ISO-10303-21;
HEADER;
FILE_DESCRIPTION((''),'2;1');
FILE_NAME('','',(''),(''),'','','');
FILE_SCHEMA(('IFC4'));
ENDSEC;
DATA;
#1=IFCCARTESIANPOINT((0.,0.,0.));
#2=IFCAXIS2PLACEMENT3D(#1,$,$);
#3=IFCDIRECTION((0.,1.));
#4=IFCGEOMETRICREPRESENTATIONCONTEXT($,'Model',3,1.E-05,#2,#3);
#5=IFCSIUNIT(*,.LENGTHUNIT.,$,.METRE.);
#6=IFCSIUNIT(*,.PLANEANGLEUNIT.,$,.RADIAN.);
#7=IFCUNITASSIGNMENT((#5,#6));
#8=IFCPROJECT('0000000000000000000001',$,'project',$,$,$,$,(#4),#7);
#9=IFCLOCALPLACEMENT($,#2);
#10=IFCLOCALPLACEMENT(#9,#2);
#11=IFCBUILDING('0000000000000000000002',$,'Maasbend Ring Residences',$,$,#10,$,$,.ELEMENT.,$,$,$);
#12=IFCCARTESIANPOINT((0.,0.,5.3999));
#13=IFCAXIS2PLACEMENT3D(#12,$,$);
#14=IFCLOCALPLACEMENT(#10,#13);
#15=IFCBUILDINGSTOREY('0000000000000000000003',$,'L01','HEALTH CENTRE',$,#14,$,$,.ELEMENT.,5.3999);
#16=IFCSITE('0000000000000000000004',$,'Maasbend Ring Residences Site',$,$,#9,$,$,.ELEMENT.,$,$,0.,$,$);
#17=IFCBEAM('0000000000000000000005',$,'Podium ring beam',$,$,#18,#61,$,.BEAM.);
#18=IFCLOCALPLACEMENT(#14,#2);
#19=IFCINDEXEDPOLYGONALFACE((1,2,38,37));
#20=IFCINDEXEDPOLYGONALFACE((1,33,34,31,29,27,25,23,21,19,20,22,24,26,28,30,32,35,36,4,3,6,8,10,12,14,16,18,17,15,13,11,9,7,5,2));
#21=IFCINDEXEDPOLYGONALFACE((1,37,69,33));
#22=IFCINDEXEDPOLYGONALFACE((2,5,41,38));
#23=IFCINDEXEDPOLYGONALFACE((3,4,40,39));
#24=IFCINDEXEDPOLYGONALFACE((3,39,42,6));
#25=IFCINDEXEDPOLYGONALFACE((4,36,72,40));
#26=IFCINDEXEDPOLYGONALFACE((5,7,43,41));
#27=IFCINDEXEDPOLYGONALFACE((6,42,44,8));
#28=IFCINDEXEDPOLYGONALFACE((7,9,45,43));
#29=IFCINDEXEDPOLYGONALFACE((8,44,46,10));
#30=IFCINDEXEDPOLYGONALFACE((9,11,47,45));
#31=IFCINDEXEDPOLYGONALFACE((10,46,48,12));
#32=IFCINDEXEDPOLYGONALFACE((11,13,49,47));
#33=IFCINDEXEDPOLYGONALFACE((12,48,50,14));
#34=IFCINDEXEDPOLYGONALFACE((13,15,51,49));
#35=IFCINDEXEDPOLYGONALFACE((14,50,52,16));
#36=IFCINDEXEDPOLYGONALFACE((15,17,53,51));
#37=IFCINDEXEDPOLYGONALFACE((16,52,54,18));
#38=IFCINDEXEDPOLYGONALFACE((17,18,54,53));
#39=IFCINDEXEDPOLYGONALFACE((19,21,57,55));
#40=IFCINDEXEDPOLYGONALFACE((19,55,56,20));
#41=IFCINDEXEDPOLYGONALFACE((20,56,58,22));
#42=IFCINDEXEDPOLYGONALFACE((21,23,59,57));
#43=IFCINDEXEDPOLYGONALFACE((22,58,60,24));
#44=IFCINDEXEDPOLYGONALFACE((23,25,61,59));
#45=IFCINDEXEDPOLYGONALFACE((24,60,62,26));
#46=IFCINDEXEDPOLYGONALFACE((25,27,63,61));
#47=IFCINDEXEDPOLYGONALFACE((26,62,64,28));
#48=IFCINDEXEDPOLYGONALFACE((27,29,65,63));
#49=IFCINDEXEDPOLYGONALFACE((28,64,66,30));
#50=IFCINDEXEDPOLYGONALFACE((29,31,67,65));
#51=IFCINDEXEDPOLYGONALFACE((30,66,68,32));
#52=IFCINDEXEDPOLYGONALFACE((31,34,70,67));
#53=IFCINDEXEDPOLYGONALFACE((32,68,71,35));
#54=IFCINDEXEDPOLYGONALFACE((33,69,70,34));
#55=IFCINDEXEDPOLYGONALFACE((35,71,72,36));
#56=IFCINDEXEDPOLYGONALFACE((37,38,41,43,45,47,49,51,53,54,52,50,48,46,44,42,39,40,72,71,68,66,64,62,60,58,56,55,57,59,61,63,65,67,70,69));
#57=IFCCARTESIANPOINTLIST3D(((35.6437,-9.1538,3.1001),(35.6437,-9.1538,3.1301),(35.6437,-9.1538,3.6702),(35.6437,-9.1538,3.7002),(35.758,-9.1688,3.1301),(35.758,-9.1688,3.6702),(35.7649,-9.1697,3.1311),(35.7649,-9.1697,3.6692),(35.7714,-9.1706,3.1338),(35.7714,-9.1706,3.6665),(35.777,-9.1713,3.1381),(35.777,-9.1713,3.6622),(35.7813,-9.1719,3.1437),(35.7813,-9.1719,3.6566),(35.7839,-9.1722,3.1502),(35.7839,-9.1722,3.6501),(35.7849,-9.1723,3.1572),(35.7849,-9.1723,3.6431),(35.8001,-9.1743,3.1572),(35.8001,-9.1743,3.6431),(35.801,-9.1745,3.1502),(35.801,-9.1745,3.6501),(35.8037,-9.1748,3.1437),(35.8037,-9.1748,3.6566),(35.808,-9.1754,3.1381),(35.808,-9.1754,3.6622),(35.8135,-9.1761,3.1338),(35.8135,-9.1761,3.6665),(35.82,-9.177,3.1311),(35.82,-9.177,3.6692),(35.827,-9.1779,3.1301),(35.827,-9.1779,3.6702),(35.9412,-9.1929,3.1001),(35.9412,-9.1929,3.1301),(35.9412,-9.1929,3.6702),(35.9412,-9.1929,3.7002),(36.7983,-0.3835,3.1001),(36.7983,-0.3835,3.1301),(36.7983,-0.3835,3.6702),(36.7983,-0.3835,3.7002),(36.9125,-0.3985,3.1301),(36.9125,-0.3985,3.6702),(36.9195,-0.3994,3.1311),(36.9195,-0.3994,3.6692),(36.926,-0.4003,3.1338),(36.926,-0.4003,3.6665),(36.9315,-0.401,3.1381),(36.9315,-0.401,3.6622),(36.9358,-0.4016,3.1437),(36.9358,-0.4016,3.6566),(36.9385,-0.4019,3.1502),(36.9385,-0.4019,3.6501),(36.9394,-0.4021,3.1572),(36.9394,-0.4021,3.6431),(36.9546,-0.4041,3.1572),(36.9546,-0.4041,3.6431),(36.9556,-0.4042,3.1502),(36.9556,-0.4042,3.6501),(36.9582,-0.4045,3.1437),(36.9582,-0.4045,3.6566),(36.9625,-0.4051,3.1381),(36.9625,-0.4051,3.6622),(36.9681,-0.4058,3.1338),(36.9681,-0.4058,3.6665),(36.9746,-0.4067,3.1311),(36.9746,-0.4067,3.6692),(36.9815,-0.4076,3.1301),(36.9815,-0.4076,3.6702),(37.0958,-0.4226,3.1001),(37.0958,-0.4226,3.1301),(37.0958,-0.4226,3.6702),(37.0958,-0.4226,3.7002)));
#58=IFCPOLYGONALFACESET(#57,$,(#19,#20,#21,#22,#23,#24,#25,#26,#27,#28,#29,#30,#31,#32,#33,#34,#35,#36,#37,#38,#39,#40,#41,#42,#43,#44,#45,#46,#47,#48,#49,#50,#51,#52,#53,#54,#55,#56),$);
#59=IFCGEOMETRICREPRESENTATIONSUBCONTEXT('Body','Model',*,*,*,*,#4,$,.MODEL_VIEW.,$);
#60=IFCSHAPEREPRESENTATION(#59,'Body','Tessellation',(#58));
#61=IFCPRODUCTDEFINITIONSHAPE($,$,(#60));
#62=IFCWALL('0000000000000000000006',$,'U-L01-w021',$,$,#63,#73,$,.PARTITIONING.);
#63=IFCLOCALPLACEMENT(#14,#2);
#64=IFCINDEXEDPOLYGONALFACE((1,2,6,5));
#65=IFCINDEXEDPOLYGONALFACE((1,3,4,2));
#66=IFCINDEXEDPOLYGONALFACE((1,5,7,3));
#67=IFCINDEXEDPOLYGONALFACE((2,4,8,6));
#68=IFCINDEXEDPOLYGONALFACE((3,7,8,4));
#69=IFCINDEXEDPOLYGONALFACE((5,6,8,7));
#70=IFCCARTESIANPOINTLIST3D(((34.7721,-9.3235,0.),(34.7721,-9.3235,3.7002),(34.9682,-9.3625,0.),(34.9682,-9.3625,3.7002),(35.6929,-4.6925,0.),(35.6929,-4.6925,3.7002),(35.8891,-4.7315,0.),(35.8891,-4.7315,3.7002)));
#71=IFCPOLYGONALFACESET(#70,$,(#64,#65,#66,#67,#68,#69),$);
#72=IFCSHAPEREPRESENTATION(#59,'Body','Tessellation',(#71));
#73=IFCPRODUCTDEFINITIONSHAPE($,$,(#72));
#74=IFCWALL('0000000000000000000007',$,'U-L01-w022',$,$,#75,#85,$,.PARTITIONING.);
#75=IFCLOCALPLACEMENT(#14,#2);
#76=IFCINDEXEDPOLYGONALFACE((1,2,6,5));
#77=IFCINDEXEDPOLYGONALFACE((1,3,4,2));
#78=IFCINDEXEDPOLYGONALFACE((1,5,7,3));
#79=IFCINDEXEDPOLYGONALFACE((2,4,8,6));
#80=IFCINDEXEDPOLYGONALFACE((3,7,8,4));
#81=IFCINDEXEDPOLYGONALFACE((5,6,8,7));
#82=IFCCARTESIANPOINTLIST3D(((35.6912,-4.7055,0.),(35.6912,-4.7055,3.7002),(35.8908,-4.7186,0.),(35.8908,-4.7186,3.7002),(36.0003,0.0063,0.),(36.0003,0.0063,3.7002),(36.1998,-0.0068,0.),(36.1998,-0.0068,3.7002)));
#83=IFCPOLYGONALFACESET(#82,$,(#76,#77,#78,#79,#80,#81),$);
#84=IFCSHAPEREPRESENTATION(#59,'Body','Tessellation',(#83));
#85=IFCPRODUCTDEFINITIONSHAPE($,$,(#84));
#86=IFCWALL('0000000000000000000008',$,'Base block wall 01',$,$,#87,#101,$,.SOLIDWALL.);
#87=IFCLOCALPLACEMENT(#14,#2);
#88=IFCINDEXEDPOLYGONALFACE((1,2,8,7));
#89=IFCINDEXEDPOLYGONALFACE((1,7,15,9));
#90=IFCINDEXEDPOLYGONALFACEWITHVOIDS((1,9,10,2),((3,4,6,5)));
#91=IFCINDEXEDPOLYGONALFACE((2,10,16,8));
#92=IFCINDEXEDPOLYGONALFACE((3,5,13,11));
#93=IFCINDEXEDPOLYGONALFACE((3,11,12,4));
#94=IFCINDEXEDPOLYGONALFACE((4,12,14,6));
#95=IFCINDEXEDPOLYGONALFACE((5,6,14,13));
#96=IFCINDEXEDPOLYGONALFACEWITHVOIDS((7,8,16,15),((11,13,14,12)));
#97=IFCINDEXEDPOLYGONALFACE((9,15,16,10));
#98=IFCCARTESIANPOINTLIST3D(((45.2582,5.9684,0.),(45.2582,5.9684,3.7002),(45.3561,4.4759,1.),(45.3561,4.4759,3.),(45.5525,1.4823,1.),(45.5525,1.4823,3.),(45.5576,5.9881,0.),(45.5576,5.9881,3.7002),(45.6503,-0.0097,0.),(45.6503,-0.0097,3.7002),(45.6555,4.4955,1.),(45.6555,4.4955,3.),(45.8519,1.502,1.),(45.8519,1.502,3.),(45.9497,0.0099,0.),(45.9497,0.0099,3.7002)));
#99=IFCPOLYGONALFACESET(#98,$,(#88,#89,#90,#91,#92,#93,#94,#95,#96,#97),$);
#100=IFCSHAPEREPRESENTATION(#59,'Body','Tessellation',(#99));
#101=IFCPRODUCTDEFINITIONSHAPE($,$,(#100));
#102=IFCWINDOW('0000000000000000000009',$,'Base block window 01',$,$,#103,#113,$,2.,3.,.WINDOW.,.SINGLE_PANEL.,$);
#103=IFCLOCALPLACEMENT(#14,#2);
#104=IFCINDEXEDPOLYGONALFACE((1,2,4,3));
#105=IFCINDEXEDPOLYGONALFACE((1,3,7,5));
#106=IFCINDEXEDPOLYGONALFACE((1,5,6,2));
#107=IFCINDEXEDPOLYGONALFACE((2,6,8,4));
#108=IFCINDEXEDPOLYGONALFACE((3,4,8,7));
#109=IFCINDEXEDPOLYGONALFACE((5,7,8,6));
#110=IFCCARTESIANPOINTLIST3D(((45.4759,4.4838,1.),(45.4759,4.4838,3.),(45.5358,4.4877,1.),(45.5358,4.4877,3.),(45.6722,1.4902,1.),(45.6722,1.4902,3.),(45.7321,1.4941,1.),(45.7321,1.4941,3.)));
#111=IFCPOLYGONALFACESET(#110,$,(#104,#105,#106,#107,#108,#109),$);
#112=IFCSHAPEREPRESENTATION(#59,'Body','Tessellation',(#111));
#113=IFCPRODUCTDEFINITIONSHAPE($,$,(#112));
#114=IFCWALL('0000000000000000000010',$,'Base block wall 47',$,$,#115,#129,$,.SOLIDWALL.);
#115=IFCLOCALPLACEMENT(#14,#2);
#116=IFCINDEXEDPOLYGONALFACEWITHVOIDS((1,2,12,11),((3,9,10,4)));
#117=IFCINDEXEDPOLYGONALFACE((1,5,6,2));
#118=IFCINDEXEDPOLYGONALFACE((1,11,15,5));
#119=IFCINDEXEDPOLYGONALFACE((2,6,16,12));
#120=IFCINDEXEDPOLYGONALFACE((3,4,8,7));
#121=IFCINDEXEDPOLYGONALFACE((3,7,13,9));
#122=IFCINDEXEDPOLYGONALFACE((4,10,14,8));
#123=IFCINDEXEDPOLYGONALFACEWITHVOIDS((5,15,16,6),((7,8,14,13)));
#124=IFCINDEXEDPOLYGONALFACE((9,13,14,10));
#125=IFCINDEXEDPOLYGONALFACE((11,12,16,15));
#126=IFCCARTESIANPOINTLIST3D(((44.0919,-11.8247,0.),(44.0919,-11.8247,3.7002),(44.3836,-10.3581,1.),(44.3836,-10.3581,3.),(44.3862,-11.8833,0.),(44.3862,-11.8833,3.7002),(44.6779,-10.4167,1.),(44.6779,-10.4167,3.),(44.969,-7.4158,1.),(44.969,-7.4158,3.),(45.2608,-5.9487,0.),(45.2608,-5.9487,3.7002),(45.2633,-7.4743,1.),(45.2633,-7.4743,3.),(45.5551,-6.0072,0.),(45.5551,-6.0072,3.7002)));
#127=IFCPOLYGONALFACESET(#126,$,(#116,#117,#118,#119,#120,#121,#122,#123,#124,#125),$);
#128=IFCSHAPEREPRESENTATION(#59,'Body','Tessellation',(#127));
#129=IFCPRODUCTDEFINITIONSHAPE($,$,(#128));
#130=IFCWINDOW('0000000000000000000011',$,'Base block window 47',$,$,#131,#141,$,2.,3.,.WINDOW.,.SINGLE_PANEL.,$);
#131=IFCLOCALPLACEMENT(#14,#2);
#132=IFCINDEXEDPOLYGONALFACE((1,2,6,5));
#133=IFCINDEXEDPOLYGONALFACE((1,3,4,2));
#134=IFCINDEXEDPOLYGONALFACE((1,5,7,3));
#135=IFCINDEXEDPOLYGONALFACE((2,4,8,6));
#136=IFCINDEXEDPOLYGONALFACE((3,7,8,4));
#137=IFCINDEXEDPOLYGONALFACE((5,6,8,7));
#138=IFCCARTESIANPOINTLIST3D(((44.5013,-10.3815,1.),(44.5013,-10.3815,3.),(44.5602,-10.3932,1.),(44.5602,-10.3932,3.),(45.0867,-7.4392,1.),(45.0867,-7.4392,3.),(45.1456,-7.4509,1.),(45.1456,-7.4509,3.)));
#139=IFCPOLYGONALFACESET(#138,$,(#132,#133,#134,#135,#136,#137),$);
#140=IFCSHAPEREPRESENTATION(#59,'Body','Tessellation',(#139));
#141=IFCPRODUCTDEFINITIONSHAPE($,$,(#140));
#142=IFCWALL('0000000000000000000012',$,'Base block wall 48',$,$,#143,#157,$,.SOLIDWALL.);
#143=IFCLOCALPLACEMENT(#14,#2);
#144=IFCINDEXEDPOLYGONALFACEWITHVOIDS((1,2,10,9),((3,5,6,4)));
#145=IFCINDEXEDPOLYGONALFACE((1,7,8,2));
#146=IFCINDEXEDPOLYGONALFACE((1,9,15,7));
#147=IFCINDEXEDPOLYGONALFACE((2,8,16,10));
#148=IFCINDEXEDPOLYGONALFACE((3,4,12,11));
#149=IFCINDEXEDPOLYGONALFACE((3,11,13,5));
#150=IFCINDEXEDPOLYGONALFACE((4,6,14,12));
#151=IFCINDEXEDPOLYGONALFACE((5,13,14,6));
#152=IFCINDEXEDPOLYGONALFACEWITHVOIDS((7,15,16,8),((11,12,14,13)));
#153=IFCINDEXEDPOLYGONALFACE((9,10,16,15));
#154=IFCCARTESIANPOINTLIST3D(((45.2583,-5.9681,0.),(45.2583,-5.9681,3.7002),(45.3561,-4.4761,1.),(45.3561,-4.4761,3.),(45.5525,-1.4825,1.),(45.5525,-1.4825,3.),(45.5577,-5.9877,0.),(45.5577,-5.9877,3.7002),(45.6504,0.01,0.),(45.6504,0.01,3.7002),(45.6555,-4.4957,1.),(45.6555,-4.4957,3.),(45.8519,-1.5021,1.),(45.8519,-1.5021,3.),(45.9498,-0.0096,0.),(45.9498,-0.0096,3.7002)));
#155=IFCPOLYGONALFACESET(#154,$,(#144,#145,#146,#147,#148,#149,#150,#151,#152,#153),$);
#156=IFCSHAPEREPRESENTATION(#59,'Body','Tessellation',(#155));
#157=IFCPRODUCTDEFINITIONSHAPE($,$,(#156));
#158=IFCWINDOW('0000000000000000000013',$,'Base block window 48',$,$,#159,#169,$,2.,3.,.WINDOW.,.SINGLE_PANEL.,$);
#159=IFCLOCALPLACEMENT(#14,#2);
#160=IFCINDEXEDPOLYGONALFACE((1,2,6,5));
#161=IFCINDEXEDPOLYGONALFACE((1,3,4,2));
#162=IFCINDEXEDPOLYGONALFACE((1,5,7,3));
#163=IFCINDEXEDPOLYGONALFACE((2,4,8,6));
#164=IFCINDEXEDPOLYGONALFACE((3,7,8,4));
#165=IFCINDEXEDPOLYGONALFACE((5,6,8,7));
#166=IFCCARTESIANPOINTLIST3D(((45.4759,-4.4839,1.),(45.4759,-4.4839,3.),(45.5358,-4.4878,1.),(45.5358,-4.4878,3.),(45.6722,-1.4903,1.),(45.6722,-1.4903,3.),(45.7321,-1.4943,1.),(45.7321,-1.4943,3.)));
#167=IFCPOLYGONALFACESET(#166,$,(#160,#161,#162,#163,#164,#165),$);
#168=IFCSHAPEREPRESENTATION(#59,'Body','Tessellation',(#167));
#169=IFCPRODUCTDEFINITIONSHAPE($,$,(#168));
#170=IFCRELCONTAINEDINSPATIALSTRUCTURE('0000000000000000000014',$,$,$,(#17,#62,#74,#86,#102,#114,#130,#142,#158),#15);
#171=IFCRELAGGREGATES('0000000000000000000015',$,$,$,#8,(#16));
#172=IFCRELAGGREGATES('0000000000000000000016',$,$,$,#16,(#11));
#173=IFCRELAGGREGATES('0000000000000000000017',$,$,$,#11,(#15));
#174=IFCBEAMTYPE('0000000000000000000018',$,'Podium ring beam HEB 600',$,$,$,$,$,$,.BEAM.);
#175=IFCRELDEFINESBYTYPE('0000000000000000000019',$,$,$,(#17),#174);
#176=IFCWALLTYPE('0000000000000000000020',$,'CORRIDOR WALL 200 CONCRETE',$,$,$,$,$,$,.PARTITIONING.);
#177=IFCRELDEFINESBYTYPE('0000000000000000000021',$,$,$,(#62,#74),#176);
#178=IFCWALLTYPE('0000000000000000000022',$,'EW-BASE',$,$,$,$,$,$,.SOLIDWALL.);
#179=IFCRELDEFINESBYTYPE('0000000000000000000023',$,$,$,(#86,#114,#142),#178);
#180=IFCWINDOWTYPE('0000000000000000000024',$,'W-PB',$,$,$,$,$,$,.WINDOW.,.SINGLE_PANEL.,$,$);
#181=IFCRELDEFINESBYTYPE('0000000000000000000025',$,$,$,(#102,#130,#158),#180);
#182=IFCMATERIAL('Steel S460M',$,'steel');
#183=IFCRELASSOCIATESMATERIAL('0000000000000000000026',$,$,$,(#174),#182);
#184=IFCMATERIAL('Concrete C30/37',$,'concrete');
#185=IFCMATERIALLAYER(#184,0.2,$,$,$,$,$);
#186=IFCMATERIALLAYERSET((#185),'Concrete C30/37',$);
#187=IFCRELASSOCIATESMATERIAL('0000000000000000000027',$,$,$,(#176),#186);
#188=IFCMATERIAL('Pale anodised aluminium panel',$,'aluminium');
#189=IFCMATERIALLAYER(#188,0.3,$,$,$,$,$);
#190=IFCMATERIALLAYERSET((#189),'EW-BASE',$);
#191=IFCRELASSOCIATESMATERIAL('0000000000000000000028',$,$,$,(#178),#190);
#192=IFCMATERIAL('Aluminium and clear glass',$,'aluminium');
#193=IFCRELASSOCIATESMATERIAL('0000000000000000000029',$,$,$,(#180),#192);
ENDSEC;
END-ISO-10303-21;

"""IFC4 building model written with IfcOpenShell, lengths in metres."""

from ifc_helpers import new_model, si_unit, direction, frame, frame_2d, origin, origin_2d, place, context, subcontext, project, spatial, rectangle, i_section, extrude, material, layer, layer_set, material_profile, profile_set, type_object, element, fill, save


model = new_model("IFC4")

# Units and contexts
model_context = context("Model", 3, precision=1e-05, world=origin(), true_north=direction((0.0, 1.0)))
body_context = subcontext(model_context, "Body", "Model", "MODEL_VIEW")
ifc_project = project(units=[si_unit("LENGTHUNIT", "METRE"), si_unit("PLANEANGLEUNIT", "RADIAN")], contexts=[model_context])

# Site, building, storey
site_placement = place(None, origin())
site = spatial("IfcSite", under=ifc_project, at=site_placement, Name="Maasbend Ring Residences Site", CompositionType="ELEMENT", RefElevation=0.0)
building_placement = place(site_placement, origin())
building = spatial("IfcBuilding", under=site, at=building_placement, Name="Maasbend Ring Residences", CompositionType="ELEMENT")
storey_placement = place(building_placement, frame((0.0, 0.0, 5.3999)))
storey = spatial("IfcBuildingStorey", under=building, at=storey_placement, Name="L01", Description="HEALTH CENTRE", CompositionType="ELEMENT", Elevation=5.3999)

# Beam
ifc_material_1 = material(Name="Steel S460M", Category="steel")
ifc_material_profile_1 = material_profile(ifc_material_1, i_section(OverallWidth=0.3, OverallDepth=0.6001, WebThickness=0.0154, FlangeThickness=0.03, FilletRadius=0.0271, at=origin_2d()), Name="HEB 600")
ifc_profile_set_1 = profile_set([ifc_material_profile_1], Name="Steel S460M")
beam_type_1 = type_object("IfcBeamType", Name="Podium ring beam HEB 600", PredefinedType="BEAM", material=ifc_profile_set_1)
beam_1_placement = place(storey_placement, frame((35.7925, -9.1733, 3.4001), z_axis=(0.130517, 0.991446, 0.0), x_axis=(-0.991446, 0.130517, 0.0)))
element("IfcBeam", 1, at=beam_1_placement, inside=storey, type_object=beam_type_1, Name="Podium ring beam", PredefinedType="BEAM", context=body_context, shape_type="SweptSolid", body=[
    extrude(i_section(OverallWidth=0.3, OverallDepth=0.6001, WebThickness=0.0154, FlangeThickness=0.03, FilletRadius=0.0271, at=origin_2d()), origin(), (0.0, 0.0, 1.0), 8.8459),
])

# Walls
ifc_material_2 = material(Name="Concrete C30/37", Category="concrete")
ifc_layer_1 = layer(ifc_material_2, 0.2)
ifc_layer_set_1 = layer_set([ifc_layer_1], Name="Concrete C30/37")
wall_type_1 = type_object("IfcWallType", Name="CORRIDOR WALL 200 CONCRETE", PredefinedType="PARTITIONING", material=ifc_layer_set_1)
wall_1_placement = place(storey_placement, frame((34.8701, -9.343, 0.0), z_axis=(0.0, 0.0, 1.0), x_axis=(0.195032, 0.980797, 0.0)))
element("IfcWall", 2, at=wall_1_placement, inside=storey, type_object=wall_type_1, Name="U-L01-w021", PredefinedType="PARTITIONING", context=body_context, shape_type="SweptSolid", body=[
    extrude(rectangle(XDim=4.7217, YDim=0.2, at=frame_2d((2.3608, 0.0))), origin(), (0.0, 0.0, 1.0), 3.7002),
])
wall_2_placement = place(storey_placement, frame((35.791, -4.7119, 0.0), z_axis=(0.0, 0.0, 1.0), x_axis=(0.065455, 0.997856, 0.0)))
element("IfcWall", 3, at=wall_2_placement, inside=storey, type_object=wall_type_1, Name="U-L01-w022", PredefinedType="PARTITIONING", context=body_context, shape_type="SweptSolid", body=[
    extrude(rectangle(XDim=4.7219, YDim=0.2, at=frame_2d((2.3608, 0.0))), origin(), (0.0, 0.0, 1.0), 3.7002),
])

# Walls, openings, windows
ifc_material_3 = material(Name="Pale anodised aluminium panel", Category="aluminium")
ifc_layer_2 = layer(ifc_material_3, 0.3)
ifc_layer_set_2 = layer_set([ifc_layer_2], Name="EW-BASE")
wall_type_2 = type_object("IfcWallType", Name="EW-BASE", PredefinedType="SOLIDWALL", material=ifc_layer_set_2)
wall_3_placement = place(storey_placement, frame((45.8, 0.0, 0.0), z_axis=(0.0, 0.0, 1.0), x_axis=(-0.065448, 0.997856, 0.0)))
wall_3 = element("IfcWall", 4, at=wall_3_placement, inside=storey, type_object=wall_type_2, Name="Base block wall 01", PredefinedType="SOLIDWALL", context=body_context, shape_type="SweptSolid", body=[
    extrude(rectangle(XDim=5.991, YDim=0.3, at=frame_2d((2.9956, 0.0))), origin(), (0.0, 0.0, 1.0), 3.7002),
])
opening_1_placement = place(wall_3_placement, frame((1.4954, 0.0, 1.0)))
opening_1 = element("IfcOpeningElement", 5, at=opening_1_placement, cuts=wall_3, PredefinedType="OPENING", context=body_context, shape_type="SweptSolid", body=[
    extrude(rectangle(XDim=3.0, YDim=2.0, at=frame_2d((1.5, 1.0))), frame((0.0, 0.1602, 0.0), z_axis=(0.0, -1.0, 0.0), x_axis=(1.0, 0.0, 0.0)), (0.0, 0.0, 1.0), 0.3201),
])
ifc_material_4 = material(Name="Aluminium and clear glass", Category="aluminium")
window_type = type_object("IfcWindowType", Name="W-PB", PartitioningType="SINGLE_PANEL", PredefinedType="WINDOW", material=ifc_material_4)
window_1_placement = place(opening_1_placement, origin())
window_1 = element("IfcWindow", 6, at=window_1_placement, inside=storey, type_object=window_type, Name="Base block window 01", OverallHeight=2.0, OverallWidth=3.0, PartitioningType="SINGLE_PANEL", PredefinedType="WINDOW", context=body_context, shape_type="SweptSolid", body=[
    extrude(rectangle(XDim=3.0, YDim=2.0, at=frame_2d((1.5, 1.0))), frame((0.0, 0.03, 0.0), z_axis=(0.0, -1.0, 0.0), x_axis=(1.0, 0.0, 0.0)), (0.0, 0.0, 1.0), 0.0601),
])
fill(opening_1, window_1)
wall_4_placement = place(storey_placement, frame((44.239, -11.854, 0.0), z_axis=(0.0, 0.0, 1.0), x_axis=(0.195113, 0.980781, 0.0)))
wall_4 = element("IfcWall", 7, at=wall_4_placement, inside=storey, type_object=wall_type_2, Name="Base block wall 47", PredefinedType="SOLIDWALL", context=body_context, shape_type="SweptSolid", body=[
    extrude(rectangle(XDim=5.9912, YDim=0.3, at=frame_2d((2.9956, 0.0))), origin(), (0.0, 0.0, 1.0), 3.7002),
])
opening_2_placement = place(wall_4_placement, frame((1.4954, 0.0, 1.0)))
opening_2 = element("IfcOpeningElement", 8, at=opening_2_placement, cuts=wall_4, PredefinedType="OPENING", context=body_context, shape_type="SweptSolid", body=[
    extrude(rectangle(XDim=3.0, YDim=2.0, at=frame_2d((1.5, 1.0))), frame((0.0, 0.1602, 0.0), z_axis=(0.0, -1.0, 0.0), x_axis=(1.0, 0.0, 0.0)), (0.0, 0.0, 1.0), 0.3201),
])
window_2_placement = place(opening_2_placement, origin())
window_2 = element("IfcWindow", 9, at=window_2_placement, inside=storey, type_object=window_type, Name="Base block window 47", OverallHeight=2.0, OverallWidth=3.0, PartitioningType="SINGLE_PANEL", PredefinedType="WINDOW", context=body_context, shape_type="SweptSolid", body=[
    extrude(rectangle(XDim=3.0, YDim=2.0, at=frame_2d((1.5, 1.0))), frame((0.0, 0.03, 0.0), z_axis=(0.0, -1.0, 0.0), x_axis=(1.0, 0.0, 0.0)), (0.0, 0.0, 1.0), 0.0601),
])
fill(opening_2, window_2)
wall_5_placement = place(storey_placement, frame((45.408, -5.978, 0.0), z_axis=(0.0, 0.0, 1.0), x_axis=(0.065448, 0.997856, 0.0)))
wall_5 = element("IfcWall", 10, at=wall_5_placement, inside=storey, type_object=wall_type_2, Name="Base block wall 48", PredefinedType="SOLIDWALL", context=body_context, shape_type="SweptSolid", body=[
    extrude(rectangle(XDim=5.991, YDim=0.3, at=frame_2d((2.9956, 0.0))), origin(), (0.0, 0.0, 1.0), 3.7002),
])
opening_3_placement = place(wall_5_placement, frame((1.4954, 0.0, 1.0)))
opening_3 = element("IfcOpeningElement", 11, at=opening_3_placement, cuts=wall_5, PredefinedType="OPENING", context=body_context, shape_type="SweptSolid", body=[
    extrude(rectangle(XDim=3.0, YDim=2.0, at=frame_2d((1.5, 1.0))), frame((0.0, 0.1602, 0.0), z_axis=(0.0, -1.0, 0.0), x_axis=(1.0, 0.0, 0.0)), (0.0, 0.0, 1.0), 0.3201),
])
window_3_placement = place(opening_3_placement, origin())
window_3 = element("IfcWindow", 12, at=window_3_placement, inside=storey, type_object=window_type, Name="Base block window 48", OverallHeight=2.0, OverallWidth=3.0, PartitioningType="SINGLE_PANEL", PredefinedType="WINDOW", context=body_context, shape_type="SweptSolid", body=[
    extrude(rectangle(XDim=3.0, YDim=2.0, at=frame_2d((1.5, 1.0))), frame((0.0, 0.03, 0.0), z_axis=(0.0, -1.0, 0.0), x_axis=(1.0, 0.0, 0.0)), (0.0, 0.0, 1.0), 0.0601),
])
fill(opening_3, window_3)

save(model, "model.ifc")
